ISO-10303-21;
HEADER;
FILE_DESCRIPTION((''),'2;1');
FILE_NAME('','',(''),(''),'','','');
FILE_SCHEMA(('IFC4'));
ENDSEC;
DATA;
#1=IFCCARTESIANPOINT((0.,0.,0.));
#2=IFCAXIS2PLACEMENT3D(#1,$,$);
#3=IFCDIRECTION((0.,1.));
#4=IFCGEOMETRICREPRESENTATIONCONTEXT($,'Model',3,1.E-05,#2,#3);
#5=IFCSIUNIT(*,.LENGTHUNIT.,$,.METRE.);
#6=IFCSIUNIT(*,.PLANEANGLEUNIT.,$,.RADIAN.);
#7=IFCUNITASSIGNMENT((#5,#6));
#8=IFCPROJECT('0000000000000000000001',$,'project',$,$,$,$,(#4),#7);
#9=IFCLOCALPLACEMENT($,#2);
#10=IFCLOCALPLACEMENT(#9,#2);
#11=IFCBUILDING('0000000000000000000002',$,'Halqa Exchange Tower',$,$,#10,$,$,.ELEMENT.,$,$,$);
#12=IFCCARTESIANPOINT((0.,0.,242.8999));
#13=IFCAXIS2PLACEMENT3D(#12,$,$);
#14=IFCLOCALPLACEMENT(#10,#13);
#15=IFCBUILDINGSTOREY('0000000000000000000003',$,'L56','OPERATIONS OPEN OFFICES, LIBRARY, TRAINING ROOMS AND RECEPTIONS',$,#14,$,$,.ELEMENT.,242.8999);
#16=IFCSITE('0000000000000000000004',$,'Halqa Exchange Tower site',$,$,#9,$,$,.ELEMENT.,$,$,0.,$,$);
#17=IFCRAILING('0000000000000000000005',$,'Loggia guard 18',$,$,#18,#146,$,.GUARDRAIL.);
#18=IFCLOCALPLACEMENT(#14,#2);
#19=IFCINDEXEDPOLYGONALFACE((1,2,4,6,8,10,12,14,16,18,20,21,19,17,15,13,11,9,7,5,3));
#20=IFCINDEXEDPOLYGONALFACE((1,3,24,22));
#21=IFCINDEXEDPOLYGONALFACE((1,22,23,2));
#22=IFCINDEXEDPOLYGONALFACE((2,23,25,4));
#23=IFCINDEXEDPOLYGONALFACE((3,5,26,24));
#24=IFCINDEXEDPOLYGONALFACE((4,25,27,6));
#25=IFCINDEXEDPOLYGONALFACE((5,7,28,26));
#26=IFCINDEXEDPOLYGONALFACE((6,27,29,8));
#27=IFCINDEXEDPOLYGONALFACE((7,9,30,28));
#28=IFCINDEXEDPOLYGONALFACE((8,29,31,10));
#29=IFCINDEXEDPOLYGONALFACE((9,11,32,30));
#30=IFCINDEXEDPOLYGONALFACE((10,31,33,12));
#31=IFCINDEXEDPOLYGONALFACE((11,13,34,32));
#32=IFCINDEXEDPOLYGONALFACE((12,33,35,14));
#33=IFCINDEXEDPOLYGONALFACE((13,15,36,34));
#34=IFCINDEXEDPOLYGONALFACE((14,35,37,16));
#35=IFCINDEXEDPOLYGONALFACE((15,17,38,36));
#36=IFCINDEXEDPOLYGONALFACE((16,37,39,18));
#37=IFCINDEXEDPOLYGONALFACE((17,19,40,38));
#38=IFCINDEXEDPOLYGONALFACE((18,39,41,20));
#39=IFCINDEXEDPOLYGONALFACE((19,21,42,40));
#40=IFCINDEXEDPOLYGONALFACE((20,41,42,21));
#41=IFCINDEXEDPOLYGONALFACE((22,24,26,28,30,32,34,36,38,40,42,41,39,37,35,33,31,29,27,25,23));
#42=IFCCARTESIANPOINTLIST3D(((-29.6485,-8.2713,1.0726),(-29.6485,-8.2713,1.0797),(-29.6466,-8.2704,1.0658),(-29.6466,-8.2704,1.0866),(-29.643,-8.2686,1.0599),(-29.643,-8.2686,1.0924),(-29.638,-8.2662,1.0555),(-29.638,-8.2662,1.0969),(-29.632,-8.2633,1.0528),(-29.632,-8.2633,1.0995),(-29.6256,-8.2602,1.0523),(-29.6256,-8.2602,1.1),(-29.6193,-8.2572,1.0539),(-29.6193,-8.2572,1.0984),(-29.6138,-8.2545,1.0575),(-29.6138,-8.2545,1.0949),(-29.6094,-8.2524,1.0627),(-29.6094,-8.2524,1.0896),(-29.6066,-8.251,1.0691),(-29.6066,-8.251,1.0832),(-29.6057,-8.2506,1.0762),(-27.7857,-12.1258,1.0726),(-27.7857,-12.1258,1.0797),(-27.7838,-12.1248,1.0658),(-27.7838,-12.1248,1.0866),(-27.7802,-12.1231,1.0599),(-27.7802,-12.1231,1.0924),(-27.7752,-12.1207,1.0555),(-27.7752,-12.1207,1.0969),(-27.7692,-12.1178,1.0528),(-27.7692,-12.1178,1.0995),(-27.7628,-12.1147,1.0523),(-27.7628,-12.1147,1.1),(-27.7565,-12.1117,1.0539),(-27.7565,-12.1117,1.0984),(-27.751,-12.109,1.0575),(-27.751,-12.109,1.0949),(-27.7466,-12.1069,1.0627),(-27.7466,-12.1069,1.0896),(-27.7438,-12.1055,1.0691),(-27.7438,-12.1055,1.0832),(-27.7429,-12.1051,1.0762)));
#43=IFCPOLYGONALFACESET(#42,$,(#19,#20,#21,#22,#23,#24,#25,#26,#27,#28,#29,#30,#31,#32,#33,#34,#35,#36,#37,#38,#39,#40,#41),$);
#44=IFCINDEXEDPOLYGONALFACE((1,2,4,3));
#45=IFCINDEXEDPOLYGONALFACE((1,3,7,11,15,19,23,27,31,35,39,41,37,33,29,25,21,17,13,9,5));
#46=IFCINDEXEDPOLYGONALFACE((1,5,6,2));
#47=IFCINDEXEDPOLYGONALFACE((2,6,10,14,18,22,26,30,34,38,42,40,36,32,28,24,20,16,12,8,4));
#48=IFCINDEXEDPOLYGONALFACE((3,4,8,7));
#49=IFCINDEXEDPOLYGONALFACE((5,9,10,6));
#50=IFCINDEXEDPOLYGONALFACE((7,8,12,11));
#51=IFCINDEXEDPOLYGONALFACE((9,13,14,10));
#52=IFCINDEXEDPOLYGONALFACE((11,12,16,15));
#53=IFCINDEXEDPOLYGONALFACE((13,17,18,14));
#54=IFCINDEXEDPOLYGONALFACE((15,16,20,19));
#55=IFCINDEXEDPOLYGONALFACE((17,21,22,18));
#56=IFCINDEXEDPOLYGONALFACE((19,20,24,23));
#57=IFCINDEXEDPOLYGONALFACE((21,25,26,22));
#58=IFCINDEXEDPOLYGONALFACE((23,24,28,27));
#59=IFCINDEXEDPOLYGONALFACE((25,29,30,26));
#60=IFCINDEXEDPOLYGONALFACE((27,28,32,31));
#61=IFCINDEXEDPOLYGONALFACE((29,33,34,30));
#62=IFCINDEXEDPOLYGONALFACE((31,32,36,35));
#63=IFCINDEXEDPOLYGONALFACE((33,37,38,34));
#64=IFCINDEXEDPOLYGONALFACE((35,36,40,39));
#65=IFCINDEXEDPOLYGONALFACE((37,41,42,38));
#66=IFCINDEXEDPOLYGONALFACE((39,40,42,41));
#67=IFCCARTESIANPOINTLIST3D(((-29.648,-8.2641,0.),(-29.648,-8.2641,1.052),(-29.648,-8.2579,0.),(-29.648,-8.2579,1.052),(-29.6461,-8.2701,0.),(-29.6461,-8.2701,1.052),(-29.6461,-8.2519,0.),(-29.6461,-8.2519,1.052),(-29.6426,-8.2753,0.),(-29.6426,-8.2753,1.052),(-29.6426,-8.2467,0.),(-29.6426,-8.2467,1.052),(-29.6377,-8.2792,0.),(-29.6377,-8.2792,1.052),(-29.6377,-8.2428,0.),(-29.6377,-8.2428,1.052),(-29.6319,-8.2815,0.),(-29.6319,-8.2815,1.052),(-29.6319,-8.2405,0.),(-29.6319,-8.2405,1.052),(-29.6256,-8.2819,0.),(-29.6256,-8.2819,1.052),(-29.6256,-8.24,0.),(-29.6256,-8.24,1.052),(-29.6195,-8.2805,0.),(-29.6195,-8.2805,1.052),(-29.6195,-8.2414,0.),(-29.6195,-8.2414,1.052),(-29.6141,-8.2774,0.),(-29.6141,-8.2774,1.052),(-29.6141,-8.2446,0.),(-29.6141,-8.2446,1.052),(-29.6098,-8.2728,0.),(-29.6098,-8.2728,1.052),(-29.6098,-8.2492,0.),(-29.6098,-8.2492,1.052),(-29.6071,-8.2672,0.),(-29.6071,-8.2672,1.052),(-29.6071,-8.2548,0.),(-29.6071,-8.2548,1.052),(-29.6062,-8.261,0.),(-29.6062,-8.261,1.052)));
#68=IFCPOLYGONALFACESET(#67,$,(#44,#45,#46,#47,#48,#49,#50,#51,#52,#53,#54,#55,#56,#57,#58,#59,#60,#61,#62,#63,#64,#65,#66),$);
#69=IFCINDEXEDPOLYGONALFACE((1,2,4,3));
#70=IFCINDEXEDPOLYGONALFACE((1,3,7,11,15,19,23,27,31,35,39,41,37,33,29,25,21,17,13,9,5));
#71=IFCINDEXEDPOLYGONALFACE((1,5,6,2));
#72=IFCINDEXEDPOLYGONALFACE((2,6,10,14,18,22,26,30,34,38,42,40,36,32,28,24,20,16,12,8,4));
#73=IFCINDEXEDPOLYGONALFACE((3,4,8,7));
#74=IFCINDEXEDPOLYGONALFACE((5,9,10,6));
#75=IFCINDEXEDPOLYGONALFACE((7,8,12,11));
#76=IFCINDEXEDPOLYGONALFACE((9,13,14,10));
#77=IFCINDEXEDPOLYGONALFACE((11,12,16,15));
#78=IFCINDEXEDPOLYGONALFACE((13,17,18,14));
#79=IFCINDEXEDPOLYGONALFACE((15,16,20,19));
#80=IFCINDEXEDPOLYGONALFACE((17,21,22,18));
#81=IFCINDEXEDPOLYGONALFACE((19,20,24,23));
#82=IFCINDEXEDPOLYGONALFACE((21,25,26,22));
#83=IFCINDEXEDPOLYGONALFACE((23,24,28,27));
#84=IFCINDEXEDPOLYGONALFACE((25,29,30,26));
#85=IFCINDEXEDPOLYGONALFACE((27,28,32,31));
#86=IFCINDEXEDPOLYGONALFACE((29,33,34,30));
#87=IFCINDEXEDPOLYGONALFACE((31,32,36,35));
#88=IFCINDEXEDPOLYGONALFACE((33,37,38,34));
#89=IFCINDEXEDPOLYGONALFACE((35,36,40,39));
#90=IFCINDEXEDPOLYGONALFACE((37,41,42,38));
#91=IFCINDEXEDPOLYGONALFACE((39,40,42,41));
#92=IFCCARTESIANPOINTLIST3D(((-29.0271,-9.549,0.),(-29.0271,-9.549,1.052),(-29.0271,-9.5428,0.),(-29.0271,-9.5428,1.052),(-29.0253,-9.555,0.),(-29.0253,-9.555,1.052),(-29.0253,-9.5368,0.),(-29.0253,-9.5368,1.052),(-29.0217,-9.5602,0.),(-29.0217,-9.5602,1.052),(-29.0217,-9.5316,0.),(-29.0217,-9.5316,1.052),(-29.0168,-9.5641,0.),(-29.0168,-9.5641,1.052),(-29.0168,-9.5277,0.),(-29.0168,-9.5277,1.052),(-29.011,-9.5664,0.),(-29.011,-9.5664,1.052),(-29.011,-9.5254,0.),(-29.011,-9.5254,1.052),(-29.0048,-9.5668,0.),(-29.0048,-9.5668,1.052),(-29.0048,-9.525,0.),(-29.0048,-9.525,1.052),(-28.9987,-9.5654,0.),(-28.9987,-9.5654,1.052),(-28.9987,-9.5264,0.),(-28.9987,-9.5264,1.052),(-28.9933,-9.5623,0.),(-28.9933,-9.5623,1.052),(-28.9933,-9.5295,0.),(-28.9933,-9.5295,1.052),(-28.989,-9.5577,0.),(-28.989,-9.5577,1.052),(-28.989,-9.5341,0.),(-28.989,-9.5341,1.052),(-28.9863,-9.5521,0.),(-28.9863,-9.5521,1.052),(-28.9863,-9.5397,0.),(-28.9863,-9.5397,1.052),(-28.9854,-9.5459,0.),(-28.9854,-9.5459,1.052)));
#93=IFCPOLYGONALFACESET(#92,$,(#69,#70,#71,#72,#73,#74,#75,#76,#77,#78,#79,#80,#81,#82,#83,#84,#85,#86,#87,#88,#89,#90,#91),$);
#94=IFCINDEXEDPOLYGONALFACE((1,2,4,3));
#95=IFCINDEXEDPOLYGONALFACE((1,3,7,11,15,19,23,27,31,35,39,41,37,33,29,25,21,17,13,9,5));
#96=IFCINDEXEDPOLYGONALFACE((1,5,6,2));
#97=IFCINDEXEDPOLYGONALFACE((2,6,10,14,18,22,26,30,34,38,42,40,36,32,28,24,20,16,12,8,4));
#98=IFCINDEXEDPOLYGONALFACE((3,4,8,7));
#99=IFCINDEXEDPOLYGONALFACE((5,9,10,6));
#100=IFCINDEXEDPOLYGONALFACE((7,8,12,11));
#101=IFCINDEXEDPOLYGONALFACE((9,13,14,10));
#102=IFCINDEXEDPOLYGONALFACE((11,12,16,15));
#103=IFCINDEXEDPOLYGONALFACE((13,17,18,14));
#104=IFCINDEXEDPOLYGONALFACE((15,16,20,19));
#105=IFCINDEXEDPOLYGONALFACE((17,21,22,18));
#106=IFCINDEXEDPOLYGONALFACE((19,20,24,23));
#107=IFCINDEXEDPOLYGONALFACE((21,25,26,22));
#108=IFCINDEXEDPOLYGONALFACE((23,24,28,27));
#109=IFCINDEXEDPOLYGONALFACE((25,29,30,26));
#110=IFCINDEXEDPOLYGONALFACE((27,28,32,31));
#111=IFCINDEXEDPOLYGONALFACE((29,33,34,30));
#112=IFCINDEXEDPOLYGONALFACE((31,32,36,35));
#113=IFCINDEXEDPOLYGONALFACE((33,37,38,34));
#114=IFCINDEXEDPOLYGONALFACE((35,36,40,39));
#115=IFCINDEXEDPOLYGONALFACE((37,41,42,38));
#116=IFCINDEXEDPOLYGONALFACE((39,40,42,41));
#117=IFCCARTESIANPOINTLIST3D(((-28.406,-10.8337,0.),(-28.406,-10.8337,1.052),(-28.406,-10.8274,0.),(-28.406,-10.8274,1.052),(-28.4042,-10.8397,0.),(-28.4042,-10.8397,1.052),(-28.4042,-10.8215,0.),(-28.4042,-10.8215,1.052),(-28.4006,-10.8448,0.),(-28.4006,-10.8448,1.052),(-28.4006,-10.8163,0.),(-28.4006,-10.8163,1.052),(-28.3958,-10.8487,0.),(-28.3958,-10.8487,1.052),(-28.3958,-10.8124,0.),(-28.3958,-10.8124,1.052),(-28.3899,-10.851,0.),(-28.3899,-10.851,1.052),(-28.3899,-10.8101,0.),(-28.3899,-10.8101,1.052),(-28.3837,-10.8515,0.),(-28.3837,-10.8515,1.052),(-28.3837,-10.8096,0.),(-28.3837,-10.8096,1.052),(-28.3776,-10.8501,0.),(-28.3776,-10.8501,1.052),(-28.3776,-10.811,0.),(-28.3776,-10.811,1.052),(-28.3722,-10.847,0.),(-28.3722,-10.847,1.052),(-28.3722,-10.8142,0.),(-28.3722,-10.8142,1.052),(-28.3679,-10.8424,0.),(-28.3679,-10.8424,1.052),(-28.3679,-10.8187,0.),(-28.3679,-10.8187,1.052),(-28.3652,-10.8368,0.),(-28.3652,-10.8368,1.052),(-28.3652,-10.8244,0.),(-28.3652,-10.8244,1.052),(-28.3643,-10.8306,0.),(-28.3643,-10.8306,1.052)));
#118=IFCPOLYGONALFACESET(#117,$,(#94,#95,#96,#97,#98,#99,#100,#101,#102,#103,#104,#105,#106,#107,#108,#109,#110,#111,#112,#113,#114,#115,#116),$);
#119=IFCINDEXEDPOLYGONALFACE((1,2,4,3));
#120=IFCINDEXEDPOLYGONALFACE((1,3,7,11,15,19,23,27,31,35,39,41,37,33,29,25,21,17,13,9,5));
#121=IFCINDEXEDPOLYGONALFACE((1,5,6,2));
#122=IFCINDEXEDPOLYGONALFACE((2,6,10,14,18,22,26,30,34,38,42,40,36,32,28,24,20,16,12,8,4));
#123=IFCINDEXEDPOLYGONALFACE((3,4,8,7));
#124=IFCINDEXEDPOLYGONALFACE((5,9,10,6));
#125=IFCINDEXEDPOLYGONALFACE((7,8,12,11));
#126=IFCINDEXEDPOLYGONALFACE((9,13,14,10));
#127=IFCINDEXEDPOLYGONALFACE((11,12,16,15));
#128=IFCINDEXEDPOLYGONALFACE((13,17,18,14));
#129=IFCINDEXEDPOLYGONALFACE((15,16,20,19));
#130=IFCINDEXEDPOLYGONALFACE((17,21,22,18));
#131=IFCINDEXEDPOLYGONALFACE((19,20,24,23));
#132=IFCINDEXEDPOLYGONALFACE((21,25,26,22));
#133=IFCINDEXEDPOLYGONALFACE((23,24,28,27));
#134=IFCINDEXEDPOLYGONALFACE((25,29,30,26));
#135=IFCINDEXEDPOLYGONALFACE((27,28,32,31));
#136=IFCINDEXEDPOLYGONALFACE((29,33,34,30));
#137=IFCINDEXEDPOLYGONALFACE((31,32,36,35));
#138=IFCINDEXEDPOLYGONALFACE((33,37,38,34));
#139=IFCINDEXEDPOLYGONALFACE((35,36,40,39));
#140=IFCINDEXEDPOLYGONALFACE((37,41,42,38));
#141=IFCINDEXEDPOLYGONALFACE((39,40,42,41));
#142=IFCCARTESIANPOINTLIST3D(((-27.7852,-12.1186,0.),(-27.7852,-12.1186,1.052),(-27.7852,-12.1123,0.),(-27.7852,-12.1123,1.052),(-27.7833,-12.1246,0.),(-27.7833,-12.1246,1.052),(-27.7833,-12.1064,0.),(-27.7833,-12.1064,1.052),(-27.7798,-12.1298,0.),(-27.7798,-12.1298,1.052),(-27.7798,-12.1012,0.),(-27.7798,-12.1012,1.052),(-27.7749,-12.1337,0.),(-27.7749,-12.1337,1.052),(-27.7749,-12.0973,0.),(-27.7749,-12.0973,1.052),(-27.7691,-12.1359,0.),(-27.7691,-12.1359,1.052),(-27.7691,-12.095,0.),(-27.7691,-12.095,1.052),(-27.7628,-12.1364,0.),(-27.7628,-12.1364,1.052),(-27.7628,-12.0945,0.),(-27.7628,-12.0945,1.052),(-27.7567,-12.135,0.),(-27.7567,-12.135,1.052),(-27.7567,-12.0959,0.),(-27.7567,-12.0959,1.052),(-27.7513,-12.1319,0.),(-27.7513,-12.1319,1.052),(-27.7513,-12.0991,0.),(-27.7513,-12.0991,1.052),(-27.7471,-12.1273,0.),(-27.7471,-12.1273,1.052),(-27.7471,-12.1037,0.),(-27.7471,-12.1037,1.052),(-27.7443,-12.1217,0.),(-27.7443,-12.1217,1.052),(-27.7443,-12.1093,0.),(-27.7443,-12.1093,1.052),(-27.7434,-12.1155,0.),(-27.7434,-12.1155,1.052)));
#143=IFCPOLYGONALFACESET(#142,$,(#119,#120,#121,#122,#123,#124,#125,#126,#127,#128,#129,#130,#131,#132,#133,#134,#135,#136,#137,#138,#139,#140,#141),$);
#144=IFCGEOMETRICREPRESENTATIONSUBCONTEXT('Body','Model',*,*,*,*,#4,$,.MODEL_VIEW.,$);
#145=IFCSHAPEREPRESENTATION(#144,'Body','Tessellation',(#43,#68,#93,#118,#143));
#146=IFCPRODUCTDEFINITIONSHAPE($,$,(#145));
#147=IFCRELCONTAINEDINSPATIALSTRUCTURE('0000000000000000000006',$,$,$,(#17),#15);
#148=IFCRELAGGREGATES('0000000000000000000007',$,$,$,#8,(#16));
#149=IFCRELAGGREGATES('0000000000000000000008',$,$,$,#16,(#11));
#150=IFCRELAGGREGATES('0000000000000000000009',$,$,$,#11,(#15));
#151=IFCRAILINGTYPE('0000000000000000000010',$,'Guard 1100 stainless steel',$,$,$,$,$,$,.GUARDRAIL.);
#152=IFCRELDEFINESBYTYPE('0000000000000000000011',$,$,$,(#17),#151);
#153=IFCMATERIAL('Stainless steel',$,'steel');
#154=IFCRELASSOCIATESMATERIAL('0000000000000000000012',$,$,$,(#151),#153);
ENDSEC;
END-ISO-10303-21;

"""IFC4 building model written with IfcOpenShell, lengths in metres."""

from ifc_helpers import new_model, si_unit, direction, frame, origin, origin_2d, place, context, subcontext, project, spatial, circle, extrude, material, type_object, element, save


model = new_model("IFC4")

# Units and contexts
model_context = context("Model", 3, precision=1e-05, world=origin(), true_north=direction((0.0, 1.0)))
body_context = subcontext(model_context, "Body", "Model", "MODEL_VIEW")
ifc_project = project(units=[si_unit("LENGTHUNIT", "METRE"), si_unit("PLANEANGLEUNIT", "RADIAN")], contexts=[model_context])

# Site, building, storey
site_placement = place(None, origin())
site = spatial("IfcSite", under=ifc_project, at=site_placement, Name="Halqa Exchange Tower site", CompositionType="ELEMENT", RefElevation=0.0)
building_placement = place(site_placement, origin())
building = spatial("IfcBuilding", under=site, at=building_placement, Name="Halqa Exchange Tower", CompositionType="ELEMENT")
storey_placement = place(building_placement, frame((0.0, 0.0, 242.8999)))
storey = spatial("IfcBuildingStorey", under=building, at=storey_placement, Name="L56", Description="OPERATIONS OPEN OFFICES, LIBRARY, TRAINING ROOMS AND RECEPTIONS", CompositionType="ELEMENT", Elevation=242.8999)

# Railing
ifc_material_1 = material(Name="Stainless steel", Category="steel")
railing_type = type_object("IfcRailingType", Name="Guard 1100 stainless steel", PredefinedType="GUARDRAIL", material=ifc_material_1)
railing_1_placement = place(storey_placement, frame((-29.6272, -8.261, 0.0)))
element("IfcRailing", 1, at=railing_1_placement, inside=storey, type_object=railing_type, Name="Loggia guard 18", PredefinedType="GUARDRAIL", context=body_context, shape_type="SweptSolid", body=[
    extrude(circle(Radius=0.0239, at=origin_2d()), frame((0.0, 0.0, 1.0762), z_axis=(0.435129, -0.900368, 0.0), x_axis=(0.900368, 0.435129, 0.0)), (0.0, 0.0, 1.0), 4.281),
    extrude(circle(Radius=0.021, at=origin_2d()), origin(), (0.0, 0.0, 1.0), 1.052),
    extrude(circle(Radius=0.021, at=origin_2d()), frame((0.6208, -1.2849, 0.0)), (0.0, 0.0, 1.0), 1.052),
    extrude(circle(Radius=0.021, at=origin_2d()), frame((1.2419, -2.5696, 0.0)), (0.0, 0.0, 1.0), 1.052),
    extrude(circle(Radius=0.021, at=origin_2d()), frame((1.8628, -3.8545, 0.0)), (0.0, 0.0, 1.0), 1.052),
])

save(model, "model.ifc")
